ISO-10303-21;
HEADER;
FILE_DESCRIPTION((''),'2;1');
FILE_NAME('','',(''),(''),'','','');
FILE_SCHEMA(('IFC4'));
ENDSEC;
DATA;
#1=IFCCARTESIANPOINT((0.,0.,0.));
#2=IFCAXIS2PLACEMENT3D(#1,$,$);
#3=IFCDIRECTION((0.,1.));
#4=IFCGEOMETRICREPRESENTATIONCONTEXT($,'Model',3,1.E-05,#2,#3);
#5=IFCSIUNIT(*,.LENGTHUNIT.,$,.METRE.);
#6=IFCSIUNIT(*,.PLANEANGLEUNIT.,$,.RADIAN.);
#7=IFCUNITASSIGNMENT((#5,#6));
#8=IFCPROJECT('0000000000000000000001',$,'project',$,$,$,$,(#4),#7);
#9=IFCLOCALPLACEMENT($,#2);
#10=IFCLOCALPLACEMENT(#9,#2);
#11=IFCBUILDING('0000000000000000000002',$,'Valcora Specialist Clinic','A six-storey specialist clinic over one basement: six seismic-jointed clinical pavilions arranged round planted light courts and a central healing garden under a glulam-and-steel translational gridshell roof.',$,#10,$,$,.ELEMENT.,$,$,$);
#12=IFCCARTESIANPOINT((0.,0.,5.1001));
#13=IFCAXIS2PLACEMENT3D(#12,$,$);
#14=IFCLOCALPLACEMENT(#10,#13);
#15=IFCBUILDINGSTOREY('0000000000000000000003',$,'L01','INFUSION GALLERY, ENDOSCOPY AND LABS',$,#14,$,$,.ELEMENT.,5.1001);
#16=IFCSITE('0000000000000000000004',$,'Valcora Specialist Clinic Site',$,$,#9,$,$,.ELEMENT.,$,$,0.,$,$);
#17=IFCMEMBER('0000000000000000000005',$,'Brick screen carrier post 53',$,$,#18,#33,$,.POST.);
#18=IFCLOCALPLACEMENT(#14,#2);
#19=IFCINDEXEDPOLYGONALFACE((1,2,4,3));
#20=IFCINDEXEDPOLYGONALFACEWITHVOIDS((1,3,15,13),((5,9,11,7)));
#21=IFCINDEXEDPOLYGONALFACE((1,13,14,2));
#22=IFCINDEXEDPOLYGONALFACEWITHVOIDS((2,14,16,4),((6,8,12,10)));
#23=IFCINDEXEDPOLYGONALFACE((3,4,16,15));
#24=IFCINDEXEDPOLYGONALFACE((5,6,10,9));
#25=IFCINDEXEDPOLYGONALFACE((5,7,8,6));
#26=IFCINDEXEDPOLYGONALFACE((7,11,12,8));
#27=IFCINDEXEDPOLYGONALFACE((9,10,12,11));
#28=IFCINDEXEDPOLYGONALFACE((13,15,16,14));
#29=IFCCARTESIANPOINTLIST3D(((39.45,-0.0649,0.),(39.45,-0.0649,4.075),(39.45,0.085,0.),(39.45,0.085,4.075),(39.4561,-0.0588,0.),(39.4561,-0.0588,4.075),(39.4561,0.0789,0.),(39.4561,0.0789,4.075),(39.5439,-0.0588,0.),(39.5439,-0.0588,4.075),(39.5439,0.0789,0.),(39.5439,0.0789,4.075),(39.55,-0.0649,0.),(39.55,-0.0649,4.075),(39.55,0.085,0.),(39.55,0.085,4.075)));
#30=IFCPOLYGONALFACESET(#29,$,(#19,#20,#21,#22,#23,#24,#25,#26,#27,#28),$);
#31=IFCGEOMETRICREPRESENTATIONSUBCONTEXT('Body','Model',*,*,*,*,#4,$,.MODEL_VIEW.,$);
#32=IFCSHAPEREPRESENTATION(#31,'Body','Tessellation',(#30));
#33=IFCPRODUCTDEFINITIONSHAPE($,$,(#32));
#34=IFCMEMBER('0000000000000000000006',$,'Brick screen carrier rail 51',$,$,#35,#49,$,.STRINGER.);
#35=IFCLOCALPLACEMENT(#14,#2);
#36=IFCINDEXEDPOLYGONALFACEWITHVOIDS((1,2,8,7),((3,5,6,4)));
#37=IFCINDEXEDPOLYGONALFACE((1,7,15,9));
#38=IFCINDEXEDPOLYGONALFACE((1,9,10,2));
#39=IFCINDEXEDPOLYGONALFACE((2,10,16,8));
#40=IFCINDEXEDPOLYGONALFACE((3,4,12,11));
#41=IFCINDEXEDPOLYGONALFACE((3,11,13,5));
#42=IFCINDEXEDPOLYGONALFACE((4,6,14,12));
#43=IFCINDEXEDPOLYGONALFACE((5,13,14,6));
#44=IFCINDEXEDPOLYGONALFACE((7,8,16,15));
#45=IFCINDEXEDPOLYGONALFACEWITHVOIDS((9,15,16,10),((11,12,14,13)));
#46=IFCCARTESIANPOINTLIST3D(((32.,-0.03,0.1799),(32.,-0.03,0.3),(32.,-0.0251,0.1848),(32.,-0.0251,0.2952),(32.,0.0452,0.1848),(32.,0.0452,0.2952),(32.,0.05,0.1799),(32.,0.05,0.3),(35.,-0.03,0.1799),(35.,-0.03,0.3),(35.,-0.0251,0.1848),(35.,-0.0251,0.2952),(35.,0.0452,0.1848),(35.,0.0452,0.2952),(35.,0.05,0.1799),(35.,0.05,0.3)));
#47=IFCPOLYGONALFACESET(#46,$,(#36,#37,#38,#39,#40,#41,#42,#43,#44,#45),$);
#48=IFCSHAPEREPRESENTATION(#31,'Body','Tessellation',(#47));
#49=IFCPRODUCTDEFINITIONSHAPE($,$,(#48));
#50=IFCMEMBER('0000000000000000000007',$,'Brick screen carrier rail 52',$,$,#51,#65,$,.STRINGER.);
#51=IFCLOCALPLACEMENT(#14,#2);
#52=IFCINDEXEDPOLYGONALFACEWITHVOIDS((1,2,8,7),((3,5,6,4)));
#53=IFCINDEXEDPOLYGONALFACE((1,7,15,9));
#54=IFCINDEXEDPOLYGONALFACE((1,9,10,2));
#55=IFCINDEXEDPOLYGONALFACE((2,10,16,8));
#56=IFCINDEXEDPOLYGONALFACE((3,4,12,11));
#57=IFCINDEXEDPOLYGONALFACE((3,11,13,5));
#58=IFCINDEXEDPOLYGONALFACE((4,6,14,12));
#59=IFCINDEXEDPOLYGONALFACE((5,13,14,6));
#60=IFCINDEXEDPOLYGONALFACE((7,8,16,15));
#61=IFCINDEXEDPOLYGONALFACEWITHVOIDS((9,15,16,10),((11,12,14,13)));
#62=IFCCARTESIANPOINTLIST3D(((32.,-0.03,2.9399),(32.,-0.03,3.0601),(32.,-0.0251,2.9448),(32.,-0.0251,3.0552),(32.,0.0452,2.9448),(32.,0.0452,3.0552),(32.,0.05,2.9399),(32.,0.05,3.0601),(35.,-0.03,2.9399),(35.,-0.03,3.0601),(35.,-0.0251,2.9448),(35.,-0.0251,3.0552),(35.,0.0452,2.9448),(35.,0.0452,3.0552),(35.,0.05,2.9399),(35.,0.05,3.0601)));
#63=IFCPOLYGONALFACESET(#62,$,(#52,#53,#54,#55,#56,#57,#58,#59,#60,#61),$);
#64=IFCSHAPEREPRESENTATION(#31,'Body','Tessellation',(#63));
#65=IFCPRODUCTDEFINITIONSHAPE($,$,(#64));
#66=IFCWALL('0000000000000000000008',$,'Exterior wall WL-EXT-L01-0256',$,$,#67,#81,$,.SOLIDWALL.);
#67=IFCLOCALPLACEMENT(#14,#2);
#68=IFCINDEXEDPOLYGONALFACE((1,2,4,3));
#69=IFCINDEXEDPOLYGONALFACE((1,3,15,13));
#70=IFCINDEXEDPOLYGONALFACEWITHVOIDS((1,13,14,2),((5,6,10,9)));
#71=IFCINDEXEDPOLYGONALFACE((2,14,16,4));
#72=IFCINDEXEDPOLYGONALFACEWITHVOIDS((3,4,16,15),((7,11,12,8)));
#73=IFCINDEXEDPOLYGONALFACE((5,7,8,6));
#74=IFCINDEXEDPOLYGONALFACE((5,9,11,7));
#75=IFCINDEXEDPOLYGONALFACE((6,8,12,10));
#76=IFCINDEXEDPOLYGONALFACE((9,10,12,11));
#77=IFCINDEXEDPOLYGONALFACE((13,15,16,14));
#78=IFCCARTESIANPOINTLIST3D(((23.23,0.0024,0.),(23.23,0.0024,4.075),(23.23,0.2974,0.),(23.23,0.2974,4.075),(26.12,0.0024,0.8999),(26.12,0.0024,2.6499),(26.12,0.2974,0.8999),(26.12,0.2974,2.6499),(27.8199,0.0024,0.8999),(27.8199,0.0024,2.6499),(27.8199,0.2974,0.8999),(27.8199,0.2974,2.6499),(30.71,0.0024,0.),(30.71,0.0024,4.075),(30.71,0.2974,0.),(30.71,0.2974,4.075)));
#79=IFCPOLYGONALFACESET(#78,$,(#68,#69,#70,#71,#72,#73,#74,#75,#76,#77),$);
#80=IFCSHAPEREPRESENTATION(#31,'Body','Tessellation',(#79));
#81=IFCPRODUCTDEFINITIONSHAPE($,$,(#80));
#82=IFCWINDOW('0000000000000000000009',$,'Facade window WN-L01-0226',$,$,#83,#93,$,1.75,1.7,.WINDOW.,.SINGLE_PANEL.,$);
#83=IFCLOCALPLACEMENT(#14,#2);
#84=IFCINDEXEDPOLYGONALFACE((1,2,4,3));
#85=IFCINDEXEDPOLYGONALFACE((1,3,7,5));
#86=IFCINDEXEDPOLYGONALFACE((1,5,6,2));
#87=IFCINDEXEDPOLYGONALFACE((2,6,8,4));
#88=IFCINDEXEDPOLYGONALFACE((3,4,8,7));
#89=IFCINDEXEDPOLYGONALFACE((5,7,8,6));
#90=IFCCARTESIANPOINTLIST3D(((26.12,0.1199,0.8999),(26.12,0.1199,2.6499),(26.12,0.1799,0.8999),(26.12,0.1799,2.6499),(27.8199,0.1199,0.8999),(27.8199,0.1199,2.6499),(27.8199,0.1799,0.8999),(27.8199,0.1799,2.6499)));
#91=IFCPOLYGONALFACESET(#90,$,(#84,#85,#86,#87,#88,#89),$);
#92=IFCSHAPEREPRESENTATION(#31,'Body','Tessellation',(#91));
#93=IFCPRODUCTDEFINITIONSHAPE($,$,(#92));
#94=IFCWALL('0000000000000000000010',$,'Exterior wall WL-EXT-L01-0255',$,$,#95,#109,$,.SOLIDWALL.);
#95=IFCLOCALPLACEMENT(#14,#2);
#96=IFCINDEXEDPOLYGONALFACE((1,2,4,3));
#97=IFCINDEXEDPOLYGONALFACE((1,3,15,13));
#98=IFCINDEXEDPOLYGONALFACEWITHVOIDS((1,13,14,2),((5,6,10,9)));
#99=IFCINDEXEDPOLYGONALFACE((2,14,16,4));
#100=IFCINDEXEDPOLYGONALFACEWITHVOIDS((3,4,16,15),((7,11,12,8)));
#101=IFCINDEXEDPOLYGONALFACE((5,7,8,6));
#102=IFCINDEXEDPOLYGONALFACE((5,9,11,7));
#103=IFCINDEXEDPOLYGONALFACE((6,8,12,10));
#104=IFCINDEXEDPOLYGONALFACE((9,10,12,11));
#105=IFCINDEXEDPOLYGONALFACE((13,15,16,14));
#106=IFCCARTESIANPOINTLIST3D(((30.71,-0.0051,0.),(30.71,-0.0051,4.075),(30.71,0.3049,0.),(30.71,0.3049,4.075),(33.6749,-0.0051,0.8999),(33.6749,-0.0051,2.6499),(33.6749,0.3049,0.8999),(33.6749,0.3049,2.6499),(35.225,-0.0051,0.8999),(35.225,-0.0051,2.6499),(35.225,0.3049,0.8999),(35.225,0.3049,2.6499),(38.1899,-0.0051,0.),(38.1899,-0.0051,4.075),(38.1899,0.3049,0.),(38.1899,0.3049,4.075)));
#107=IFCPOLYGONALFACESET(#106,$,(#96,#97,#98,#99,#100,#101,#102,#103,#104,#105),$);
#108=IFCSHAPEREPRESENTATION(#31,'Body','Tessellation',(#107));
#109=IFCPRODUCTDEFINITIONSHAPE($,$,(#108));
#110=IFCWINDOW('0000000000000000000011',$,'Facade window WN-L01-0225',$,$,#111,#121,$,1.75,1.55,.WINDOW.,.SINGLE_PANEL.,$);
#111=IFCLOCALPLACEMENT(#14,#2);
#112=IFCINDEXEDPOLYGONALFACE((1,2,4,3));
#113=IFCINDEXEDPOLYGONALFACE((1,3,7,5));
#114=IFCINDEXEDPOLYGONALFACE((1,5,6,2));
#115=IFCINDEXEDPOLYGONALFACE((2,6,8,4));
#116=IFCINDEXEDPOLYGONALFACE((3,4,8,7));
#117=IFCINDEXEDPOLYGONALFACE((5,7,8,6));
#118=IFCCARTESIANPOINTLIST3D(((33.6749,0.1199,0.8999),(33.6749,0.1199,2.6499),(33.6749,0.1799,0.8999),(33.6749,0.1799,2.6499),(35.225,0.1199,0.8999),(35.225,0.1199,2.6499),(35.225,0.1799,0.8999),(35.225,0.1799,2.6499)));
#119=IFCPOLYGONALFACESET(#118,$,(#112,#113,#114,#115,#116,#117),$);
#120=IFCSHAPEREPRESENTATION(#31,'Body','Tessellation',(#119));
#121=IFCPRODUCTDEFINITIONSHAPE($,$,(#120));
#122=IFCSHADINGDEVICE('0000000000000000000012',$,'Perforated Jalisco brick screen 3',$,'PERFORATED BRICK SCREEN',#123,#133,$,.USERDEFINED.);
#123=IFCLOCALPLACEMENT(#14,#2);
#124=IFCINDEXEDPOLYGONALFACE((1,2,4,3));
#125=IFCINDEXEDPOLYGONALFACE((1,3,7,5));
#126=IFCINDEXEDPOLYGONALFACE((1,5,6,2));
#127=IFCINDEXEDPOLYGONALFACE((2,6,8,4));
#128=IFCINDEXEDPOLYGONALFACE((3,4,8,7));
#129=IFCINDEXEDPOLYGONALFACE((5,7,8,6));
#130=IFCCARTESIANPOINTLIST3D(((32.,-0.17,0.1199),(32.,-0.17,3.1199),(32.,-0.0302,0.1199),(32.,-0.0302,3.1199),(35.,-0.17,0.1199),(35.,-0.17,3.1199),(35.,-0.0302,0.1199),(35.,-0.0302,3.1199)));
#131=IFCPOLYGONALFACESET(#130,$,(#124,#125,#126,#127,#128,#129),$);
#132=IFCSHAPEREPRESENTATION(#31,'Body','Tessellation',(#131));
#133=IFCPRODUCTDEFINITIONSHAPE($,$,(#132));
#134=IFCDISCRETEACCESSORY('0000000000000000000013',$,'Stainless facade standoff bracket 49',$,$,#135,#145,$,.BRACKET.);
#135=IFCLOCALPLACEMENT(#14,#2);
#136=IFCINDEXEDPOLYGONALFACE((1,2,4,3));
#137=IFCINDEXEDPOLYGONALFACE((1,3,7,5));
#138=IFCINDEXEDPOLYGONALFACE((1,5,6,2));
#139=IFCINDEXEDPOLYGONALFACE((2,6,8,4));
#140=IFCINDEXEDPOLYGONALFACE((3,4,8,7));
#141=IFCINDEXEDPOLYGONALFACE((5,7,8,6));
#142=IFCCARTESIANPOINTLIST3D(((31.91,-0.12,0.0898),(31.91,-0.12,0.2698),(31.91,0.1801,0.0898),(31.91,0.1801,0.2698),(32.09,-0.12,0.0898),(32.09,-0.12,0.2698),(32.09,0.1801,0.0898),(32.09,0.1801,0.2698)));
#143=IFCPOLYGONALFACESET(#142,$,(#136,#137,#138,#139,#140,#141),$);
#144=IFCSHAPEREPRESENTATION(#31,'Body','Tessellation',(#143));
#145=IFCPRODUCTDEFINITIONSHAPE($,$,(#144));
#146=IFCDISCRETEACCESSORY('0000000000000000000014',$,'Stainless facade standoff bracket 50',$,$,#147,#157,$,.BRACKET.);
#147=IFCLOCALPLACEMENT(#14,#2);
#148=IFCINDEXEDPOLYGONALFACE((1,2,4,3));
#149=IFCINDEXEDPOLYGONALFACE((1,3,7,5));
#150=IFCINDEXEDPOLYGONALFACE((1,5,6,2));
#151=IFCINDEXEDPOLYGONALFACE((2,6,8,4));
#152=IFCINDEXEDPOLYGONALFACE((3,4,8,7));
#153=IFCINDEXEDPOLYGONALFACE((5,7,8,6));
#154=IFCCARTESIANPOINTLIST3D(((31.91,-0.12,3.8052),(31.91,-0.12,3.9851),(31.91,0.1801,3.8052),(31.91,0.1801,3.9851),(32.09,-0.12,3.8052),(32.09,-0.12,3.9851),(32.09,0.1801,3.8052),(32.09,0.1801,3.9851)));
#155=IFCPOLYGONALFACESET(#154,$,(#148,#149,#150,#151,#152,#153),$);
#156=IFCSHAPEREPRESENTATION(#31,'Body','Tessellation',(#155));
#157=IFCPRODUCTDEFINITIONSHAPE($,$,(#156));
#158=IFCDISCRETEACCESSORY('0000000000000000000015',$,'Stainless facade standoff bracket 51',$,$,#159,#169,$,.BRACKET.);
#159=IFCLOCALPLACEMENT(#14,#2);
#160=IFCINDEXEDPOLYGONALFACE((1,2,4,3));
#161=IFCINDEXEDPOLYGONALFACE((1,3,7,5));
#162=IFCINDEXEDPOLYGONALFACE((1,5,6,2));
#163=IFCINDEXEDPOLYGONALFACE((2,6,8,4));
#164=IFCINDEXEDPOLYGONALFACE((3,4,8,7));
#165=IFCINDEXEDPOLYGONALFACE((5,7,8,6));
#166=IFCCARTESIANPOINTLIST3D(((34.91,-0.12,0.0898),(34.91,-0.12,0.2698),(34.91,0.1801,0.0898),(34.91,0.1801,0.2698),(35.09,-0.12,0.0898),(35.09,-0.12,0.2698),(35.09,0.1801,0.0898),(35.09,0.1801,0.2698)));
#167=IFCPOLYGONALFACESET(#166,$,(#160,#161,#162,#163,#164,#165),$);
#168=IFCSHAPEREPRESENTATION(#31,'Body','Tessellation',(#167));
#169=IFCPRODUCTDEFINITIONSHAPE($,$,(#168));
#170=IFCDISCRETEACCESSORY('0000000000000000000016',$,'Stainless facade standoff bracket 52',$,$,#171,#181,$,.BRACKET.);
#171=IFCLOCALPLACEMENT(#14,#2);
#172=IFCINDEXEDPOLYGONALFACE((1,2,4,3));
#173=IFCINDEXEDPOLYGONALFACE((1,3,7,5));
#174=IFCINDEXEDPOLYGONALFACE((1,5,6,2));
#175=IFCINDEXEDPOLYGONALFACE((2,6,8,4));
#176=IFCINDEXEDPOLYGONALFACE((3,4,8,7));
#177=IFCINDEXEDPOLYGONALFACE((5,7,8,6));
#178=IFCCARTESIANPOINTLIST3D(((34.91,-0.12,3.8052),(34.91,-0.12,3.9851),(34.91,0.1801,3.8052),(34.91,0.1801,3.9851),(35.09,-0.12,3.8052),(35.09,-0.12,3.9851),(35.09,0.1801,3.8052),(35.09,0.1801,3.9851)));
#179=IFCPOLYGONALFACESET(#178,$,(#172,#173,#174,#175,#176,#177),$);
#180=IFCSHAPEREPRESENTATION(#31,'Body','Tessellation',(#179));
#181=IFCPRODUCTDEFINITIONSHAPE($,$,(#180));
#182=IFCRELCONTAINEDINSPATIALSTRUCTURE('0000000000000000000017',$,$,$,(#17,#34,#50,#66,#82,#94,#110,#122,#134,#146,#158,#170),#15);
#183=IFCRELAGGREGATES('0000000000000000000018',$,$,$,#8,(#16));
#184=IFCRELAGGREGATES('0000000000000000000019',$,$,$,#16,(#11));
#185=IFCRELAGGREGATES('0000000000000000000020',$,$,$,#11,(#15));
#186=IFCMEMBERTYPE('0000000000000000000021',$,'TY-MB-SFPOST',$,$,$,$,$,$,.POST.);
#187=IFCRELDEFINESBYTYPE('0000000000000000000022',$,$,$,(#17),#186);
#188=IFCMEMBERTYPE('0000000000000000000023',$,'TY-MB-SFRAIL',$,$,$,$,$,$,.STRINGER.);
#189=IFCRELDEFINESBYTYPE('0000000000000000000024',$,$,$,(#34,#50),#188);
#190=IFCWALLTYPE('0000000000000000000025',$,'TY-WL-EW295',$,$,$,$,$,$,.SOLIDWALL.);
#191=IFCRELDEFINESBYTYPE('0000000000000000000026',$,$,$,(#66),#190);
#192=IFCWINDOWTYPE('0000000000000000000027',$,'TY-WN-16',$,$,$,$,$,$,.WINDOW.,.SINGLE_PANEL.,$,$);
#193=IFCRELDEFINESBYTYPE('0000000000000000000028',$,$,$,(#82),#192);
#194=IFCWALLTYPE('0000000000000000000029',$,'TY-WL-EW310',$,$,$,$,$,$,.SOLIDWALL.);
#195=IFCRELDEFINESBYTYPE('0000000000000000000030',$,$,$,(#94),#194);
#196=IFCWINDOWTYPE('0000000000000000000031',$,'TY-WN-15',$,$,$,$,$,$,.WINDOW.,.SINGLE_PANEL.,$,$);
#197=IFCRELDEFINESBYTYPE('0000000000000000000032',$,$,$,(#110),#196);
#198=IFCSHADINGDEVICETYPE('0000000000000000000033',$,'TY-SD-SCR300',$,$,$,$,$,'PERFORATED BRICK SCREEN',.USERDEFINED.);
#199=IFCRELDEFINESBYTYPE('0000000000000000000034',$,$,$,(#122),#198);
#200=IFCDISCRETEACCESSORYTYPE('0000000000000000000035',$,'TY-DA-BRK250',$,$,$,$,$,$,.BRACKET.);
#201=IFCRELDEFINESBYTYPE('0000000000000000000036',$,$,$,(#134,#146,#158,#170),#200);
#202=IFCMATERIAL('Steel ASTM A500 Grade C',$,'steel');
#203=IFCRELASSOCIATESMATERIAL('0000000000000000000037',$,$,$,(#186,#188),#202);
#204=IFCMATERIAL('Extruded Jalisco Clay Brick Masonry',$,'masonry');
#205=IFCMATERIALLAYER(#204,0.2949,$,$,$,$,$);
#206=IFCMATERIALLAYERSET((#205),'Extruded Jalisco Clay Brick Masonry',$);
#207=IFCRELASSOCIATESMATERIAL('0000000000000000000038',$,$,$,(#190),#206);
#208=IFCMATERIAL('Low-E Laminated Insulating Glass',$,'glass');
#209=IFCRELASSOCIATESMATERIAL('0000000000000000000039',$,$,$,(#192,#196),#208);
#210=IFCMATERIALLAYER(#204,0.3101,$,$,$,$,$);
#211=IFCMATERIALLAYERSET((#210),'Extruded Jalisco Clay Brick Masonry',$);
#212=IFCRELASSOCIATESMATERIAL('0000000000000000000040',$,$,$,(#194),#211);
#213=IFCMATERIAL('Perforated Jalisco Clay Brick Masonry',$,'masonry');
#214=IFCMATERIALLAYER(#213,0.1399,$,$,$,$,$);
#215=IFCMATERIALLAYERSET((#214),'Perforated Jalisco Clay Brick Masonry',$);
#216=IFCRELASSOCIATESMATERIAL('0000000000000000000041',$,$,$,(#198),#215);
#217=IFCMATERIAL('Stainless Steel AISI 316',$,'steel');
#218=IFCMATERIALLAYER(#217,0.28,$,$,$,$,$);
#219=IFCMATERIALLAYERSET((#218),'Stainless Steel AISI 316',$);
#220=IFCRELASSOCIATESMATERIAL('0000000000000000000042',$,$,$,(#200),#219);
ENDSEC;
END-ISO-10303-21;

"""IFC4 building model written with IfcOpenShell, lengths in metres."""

from ifc_helpers import new_model, si_unit, direction, frame, frame_2d, origin, origin_2d, place, context, subcontext, project, spatial, rectangle, hollow_rectangle, extrude, material, layer, layer_set, material_profile, profile_set, type_object, element, fill, save


model = new_model("IFC4")

# Units and contexts
model_context = context("Model", 3, precision=1e-05, world=origin(), true_north=direction((0.0, 1.0)))
body_context = subcontext(model_context, "Body", "Model", "MODEL_VIEW")
ifc_project = project(units=[si_unit("LENGTHUNIT", "METRE"), si_unit("PLANEANGLEUNIT", "RADIAN")], contexts=[model_context])

# Site, building, storey
site_placement = place(None, origin())
site = spatial("IfcSite", under=ifc_project, at=site_placement, Name="Valcora Specialist Clinic Site", CompositionType="ELEMENT", RefElevation=0.0)
building_placement = place(site_placement, origin())
building = spatial("IfcBuilding", under=site, at=building_placement, Name="Valcora Specialist Clinic", Description="A six-storey specialist clinic over one basement: six seismic-jointed clinical pavilions arranged round planted light courts and a central healing garden under a glulam-and-steel translational gridshell roof.", CompositionType="ELEMENT")
storey_placement = place(building_placement, frame((0.0, 0.0, 5.1001)))
storey = spatial("IfcBuildingStorey", under=building, at=storey_placement, Name="L01", Description="INFUSION GALLERY, ENDOSCOPY AND LABS", CompositionType="ELEMENT", Elevation=5.1001)

# Members
ifc_material_1 = material(Name="Steel ASTM A500 Grade C", Category="steel")
ifc_material_profile_1 = material_profile(ifc_material_1, hollow_rectangle(XDim=0.1001, YDim=0.1499, WallThickness=0.0061, at=origin_2d()), Name="ST-RHS-150X100X6")
ifc_profile_set_1 = profile_set([ifc_material_profile_1], Name="Steel ASTM A500 Grade C")
member_type_1 = type_object("IfcMemberType", Name="TY-MB-SFPOST", PredefinedType="POST", material=ifc_profile_set_1)
for number, where, z_axis, x_axis, name in (
    (1, (39.5, 0.01, 0.0), (0.0, 0.0, 1.0), (1.0, 0.0, 0.0), "Brick screen carrier post 53"),
):
    element("IfcMember", number, at=place(storey_placement, frame(where, z_axis=z_axis, x_axis=x_axis)), inside=storey, type_object=member_type_1, Name=name, PredefinedType="POST", context=body_context, shape_type="SweptSolid", body=[
        extrude(hollow_rectangle(XDim=0.1001, YDim=0.1499, WallThickness=0.0061, at=origin_2d()), origin(), (0.0, 0.0, 1.0), 4.075),
    ])
ifc_material_profile_2 = material_profile(ifc_material_1, hollow_rectangle(XDim=0.0801, YDim=0.1201, WallThickness=0.0049, at=origin_2d()), Name="ST-RHS-120X80X5")
ifc_profile_set_2 = profile_set([ifc_material_profile_2], Name="Steel ASTM A500 Grade C")
member_type_2 = type_object("IfcMemberType", Name="TY-MB-SFRAIL", PredefinedType="STRINGER", material=ifc_profile_set_2)
for number, where, z_axis, x_axis, name in (
    (2, (32.0, 0.01, 0.24), (1.0, 0.0, 0.0), (0.0, 1.0, 0.0), "Brick screen carrier rail 51"),
    (3, (32.0, 0.01, 3.0), (1.0, 0.0, 0.0), (0.0, 1.0, 0.0), "Brick screen carrier rail 52"),
):
    element("IfcMember", number, at=place(storey_placement, frame(where, z_axis=z_axis, x_axis=x_axis)), inside=storey, type_object=member_type_2, Name=name, PredefinedType="STRINGER", context=body_context, shape_type="SweptSolid", body=[
        extrude(hollow_rectangle(XDim=0.0801, YDim=0.1201, WallThickness=0.0049, at=origin_2d()), origin(), (0.0, 0.0, 1.0), 3.0),
    ])

# Walls, openings, windows
ifc_material_2 = material(Name="Extruded Jalisco Clay Brick Masonry", Category="masonry")
ifc_layer_1 = layer(ifc_material_2, 0.2949)
ifc_layer_set_1 = layer_set([ifc_layer_1], Name="Extruded Jalisco Clay Brick Masonry")
wall_type_1 = type_object("IfcWallType", Name="TY-WL-EW295", PredefinedType="SOLIDWALL", material=ifc_layer_set_1)
wall_1_placement = place(storey_placement, frame((30.71, 0.1499, 0.0), z_axis=(0.0, 0.0, 1.0), x_axis=(-1.0, 0.0, 0.0)))
wall_1 = element("IfcWall", 4, at=wall_1_placement, inside=storey, type_object=wall_type_1, Name="Exterior wall WL-EXT-L01-0256", PredefinedType="SOLIDWALL", context=body_context, shape_type="SweptSolid", body=[
    extrude(rectangle(XDim=7.48, YDim=0.2949, at=frame_2d((3.74, 0.0))), origin(), (0.0, 0.0, 1.0), 4.075),
])
opening_1_placement = place(wall_1_placement, frame((2.8899, 0.0, 0.8999)))
opening_1 = element("IfcOpeningElement", 5, at=opening_1_placement, cuts=wall_1, PredefinedType="OPENING", context=body_context, shape_type="SweptSolid", body=[
    extrude(rectangle(XDim=1.7, YDim=1.75, at=frame_2d((0.8501, 0.875))), frame((0.0, 0.1575, 0.0), z_axis=(0.0, -1.0, 0.0), x_axis=(1.0, 0.0, 0.0)), (0.0, 0.0, 1.0), 0.3149),
])
ifc_material_3 = material(Name="Low-E Laminated Insulating Glass", Category="glass")
window_type_1 = type_object("IfcWindowType", Name="TY-WN-16", PartitioningType="SINGLE_PANEL", PredefinedType="WINDOW", material=ifc_material_3)
window_1_placement = place(opening_1_placement, origin())
window_1 = element("IfcWindow", 6, at=window_1_placement, inside=storey, type_object=window_type_1, Name="Facade window WN-L01-0226", OverallHeight=1.75, OverallWidth=1.7, PartitioningType="SINGLE_PANEL", PredefinedType="WINDOW", context=body_context, shape_type="SweptSolid", body=[
    extrude(rectangle(XDim=1.7, YDim=1.75, at=frame_2d((0.8501, 0.875))), frame((0.0, 0.03, 0.0), z_axis=(0.0, -1.0, 0.0), x_axis=(1.0, 0.0, 0.0)), (0.0, 0.0, 1.0), 0.0601),
])
fill(opening_1, window_1)
ifc_layer_2 = layer(ifc_material_2, 0.3101)
ifc_layer_set_2 = layer_set([ifc_layer_2], Name="Extruded Jalisco Clay Brick Masonry")
wall_type_2 = type_object("IfcWallType", Name="TY-WL-EW310", PredefinedType="SOLIDWALL", material=ifc_layer_set_2)
wall_2_placement = place(storey_placement, frame((38.1899, 0.1499, 0.0), z_axis=(0.0, 0.0, 1.0), x_axis=(-1.0, 0.0, 0.0)))
wall_2 = element("IfcWall", 7, at=wall_2_placement, inside=storey, type_object=wall_type_2, Name="Exterior wall WL-EXT-L01-0255", PredefinedType="SOLIDWALL", context=body_context, shape_type="SweptSolid", body=[
    extrude(rectangle(XDim=7.48, YDim=0.3101, at=frame_2d((3.74, 0.0))), origin(), (0.0, 0.0, 1.0), 4.075),
])
opening_2_placement = place(wall_2_placement, frame((2.9651, 0.0, 0.8999)))
opening_2 = element("IfcOpeningElement", 8, at=opening_2_placement, cuts=wall_2, PredefinedType="OPENING", context=body_context, shape_type="SweptSolid", body=[
    extrude(rectangle(XDim=1.55, YDim=1.75, at=frame_2d((0.7749, 0.875))), frame((0.0, 0.165, 0.0), z_axis=(0.0, -1.0, 0.0), x_axis=(1.0, 0.0, 0.0)), (0.0, 0.0, 1.0), 0.3301),
])
window_type_2 = type_object("IfcWindowType", Name="TY-WN-15", PartitioningType="SINGLE_PANEL", PredefinedType="WINDOW", material=ifc_material_3)
window_2_placement = place(opening_2_placement, origin())
window_2 = element("IfcWindow", 9, at=window_2_placement, inside=storey, type_object=window_type_2, Name="Facade window WN-L01-0225", OverallHeight=1.75, OverallWidth=1.55, PartitioningType="SINGLE_PANEL", PredefinedType="WINDOW", context=body_context, shape_type="SweptSolid", body=[
    extrude(rectangle(XDim=1.55, YDim=1.75, at=frame_2d((0.7749, 0.875))), frame((0.0, 0.03, 0.0), z_axis=(0.0, -1.0, 0.0), x_axis=(1.0, 0.0, 0.0)), (0.0, 0.0, 1.0), 0.0601),
])
fill(opening_2, window_2)

# Shading device
ifc_material_4 = material(Name="Perforated Jalisco Clay Brick Masonry", Category="masonry")
ifc_layer_3 = layer(ifc_material_4, 0.1399)
ifc_layer_set_3 = layer_set([ifc_layer_3], Name="Perforated Jalisco Clay Brick Masonry")
shading_device_type = type_object("IfcShadingDeviceType", Name="TY-SD-SCR300", ElementType="PERFORATED BRICK SCREEN", PredefinedType="USERDEFINED", material=ifc_layer_set_3)
shading_device_placement = place(storey_placement, frame((33.5, -0.1001, 0.1199), z_axis=(0.0, 0.0, 1.0), x_axis=(1.0, 0.0, 0.0)))
element("IfcShadingDevice", 10, at=shading_device_placement, inside=storey, type_object=shading_device_type, Name="Perforated Jalisco brick screen 3", ObjectType="PERFORATED BRICK SCREEN", PredefinedType="USERDEFINED", context=body_context, shape_type="SweptSolid", body=[
    extrude(rectangle(XDim=3.0, YDim=0.1399, at=origin_2d()), origin(), (0.0, 0.0, 1.0), 3.0),
])

# Discrete accessories
ifc_material_5 = material(Name="Stainless Steel AISI 316", Category="steel")
ifc_layer_4 = layer(ifc_material_5, 0.28)
ifc_layer_set_4 = layer_set([ifc_layer_4], Name="Stainless Steel AISI 316")
discrete_accessory_type = type_object("IfcDiscreteAccessoryType", Name="TY-DA-BRK250", PredefinedType="BRACKET", material=ifc_layer_set_4)
for number, where, z_axis, x_axis, name in (
    (11, (32.0, 0.03, 0.0898), (0.0, 0.0, 1.0), (1.0, 0.0, 0.0), "Stainless facade standoff bracket 49"),
    (12, (32.0, 0.03, 3.8052), (0.0, 0.0, 1.0), (1.0, 0.0, 0.0), "Stainless facade standoff bracket 50"),
    (13, (35.0, 0.03, 0.0898), (0.0, 0.0, 1.0), (1.0, 0.0, 0.0), "Stainless facade standoff bracket 51"),
    (14, (35.0, 0.03, 3.8052), (0.0, 0.0, 1.0), (1.0, 0.0, 0.0), "Stainless facade standoff bracket 52"),
):
    element("IfcDiscreteAccessory", number, at=place(storey_placement, frame(where, z_axis=z_axis, x_axis=x_axis)), inside=storey, type_object=discrete_accessory_type, Name=name, PredefinedType="BRACKET", context=body_context, shape_type="SweptSolid", body=[
        extrude(rectangle(XDim=0.1799, YDim=0.3, at=origin_2d()), origin(), (0.0, 0.0, 1.0), 0.1799),
    ])

save(model, "model.ifc")
